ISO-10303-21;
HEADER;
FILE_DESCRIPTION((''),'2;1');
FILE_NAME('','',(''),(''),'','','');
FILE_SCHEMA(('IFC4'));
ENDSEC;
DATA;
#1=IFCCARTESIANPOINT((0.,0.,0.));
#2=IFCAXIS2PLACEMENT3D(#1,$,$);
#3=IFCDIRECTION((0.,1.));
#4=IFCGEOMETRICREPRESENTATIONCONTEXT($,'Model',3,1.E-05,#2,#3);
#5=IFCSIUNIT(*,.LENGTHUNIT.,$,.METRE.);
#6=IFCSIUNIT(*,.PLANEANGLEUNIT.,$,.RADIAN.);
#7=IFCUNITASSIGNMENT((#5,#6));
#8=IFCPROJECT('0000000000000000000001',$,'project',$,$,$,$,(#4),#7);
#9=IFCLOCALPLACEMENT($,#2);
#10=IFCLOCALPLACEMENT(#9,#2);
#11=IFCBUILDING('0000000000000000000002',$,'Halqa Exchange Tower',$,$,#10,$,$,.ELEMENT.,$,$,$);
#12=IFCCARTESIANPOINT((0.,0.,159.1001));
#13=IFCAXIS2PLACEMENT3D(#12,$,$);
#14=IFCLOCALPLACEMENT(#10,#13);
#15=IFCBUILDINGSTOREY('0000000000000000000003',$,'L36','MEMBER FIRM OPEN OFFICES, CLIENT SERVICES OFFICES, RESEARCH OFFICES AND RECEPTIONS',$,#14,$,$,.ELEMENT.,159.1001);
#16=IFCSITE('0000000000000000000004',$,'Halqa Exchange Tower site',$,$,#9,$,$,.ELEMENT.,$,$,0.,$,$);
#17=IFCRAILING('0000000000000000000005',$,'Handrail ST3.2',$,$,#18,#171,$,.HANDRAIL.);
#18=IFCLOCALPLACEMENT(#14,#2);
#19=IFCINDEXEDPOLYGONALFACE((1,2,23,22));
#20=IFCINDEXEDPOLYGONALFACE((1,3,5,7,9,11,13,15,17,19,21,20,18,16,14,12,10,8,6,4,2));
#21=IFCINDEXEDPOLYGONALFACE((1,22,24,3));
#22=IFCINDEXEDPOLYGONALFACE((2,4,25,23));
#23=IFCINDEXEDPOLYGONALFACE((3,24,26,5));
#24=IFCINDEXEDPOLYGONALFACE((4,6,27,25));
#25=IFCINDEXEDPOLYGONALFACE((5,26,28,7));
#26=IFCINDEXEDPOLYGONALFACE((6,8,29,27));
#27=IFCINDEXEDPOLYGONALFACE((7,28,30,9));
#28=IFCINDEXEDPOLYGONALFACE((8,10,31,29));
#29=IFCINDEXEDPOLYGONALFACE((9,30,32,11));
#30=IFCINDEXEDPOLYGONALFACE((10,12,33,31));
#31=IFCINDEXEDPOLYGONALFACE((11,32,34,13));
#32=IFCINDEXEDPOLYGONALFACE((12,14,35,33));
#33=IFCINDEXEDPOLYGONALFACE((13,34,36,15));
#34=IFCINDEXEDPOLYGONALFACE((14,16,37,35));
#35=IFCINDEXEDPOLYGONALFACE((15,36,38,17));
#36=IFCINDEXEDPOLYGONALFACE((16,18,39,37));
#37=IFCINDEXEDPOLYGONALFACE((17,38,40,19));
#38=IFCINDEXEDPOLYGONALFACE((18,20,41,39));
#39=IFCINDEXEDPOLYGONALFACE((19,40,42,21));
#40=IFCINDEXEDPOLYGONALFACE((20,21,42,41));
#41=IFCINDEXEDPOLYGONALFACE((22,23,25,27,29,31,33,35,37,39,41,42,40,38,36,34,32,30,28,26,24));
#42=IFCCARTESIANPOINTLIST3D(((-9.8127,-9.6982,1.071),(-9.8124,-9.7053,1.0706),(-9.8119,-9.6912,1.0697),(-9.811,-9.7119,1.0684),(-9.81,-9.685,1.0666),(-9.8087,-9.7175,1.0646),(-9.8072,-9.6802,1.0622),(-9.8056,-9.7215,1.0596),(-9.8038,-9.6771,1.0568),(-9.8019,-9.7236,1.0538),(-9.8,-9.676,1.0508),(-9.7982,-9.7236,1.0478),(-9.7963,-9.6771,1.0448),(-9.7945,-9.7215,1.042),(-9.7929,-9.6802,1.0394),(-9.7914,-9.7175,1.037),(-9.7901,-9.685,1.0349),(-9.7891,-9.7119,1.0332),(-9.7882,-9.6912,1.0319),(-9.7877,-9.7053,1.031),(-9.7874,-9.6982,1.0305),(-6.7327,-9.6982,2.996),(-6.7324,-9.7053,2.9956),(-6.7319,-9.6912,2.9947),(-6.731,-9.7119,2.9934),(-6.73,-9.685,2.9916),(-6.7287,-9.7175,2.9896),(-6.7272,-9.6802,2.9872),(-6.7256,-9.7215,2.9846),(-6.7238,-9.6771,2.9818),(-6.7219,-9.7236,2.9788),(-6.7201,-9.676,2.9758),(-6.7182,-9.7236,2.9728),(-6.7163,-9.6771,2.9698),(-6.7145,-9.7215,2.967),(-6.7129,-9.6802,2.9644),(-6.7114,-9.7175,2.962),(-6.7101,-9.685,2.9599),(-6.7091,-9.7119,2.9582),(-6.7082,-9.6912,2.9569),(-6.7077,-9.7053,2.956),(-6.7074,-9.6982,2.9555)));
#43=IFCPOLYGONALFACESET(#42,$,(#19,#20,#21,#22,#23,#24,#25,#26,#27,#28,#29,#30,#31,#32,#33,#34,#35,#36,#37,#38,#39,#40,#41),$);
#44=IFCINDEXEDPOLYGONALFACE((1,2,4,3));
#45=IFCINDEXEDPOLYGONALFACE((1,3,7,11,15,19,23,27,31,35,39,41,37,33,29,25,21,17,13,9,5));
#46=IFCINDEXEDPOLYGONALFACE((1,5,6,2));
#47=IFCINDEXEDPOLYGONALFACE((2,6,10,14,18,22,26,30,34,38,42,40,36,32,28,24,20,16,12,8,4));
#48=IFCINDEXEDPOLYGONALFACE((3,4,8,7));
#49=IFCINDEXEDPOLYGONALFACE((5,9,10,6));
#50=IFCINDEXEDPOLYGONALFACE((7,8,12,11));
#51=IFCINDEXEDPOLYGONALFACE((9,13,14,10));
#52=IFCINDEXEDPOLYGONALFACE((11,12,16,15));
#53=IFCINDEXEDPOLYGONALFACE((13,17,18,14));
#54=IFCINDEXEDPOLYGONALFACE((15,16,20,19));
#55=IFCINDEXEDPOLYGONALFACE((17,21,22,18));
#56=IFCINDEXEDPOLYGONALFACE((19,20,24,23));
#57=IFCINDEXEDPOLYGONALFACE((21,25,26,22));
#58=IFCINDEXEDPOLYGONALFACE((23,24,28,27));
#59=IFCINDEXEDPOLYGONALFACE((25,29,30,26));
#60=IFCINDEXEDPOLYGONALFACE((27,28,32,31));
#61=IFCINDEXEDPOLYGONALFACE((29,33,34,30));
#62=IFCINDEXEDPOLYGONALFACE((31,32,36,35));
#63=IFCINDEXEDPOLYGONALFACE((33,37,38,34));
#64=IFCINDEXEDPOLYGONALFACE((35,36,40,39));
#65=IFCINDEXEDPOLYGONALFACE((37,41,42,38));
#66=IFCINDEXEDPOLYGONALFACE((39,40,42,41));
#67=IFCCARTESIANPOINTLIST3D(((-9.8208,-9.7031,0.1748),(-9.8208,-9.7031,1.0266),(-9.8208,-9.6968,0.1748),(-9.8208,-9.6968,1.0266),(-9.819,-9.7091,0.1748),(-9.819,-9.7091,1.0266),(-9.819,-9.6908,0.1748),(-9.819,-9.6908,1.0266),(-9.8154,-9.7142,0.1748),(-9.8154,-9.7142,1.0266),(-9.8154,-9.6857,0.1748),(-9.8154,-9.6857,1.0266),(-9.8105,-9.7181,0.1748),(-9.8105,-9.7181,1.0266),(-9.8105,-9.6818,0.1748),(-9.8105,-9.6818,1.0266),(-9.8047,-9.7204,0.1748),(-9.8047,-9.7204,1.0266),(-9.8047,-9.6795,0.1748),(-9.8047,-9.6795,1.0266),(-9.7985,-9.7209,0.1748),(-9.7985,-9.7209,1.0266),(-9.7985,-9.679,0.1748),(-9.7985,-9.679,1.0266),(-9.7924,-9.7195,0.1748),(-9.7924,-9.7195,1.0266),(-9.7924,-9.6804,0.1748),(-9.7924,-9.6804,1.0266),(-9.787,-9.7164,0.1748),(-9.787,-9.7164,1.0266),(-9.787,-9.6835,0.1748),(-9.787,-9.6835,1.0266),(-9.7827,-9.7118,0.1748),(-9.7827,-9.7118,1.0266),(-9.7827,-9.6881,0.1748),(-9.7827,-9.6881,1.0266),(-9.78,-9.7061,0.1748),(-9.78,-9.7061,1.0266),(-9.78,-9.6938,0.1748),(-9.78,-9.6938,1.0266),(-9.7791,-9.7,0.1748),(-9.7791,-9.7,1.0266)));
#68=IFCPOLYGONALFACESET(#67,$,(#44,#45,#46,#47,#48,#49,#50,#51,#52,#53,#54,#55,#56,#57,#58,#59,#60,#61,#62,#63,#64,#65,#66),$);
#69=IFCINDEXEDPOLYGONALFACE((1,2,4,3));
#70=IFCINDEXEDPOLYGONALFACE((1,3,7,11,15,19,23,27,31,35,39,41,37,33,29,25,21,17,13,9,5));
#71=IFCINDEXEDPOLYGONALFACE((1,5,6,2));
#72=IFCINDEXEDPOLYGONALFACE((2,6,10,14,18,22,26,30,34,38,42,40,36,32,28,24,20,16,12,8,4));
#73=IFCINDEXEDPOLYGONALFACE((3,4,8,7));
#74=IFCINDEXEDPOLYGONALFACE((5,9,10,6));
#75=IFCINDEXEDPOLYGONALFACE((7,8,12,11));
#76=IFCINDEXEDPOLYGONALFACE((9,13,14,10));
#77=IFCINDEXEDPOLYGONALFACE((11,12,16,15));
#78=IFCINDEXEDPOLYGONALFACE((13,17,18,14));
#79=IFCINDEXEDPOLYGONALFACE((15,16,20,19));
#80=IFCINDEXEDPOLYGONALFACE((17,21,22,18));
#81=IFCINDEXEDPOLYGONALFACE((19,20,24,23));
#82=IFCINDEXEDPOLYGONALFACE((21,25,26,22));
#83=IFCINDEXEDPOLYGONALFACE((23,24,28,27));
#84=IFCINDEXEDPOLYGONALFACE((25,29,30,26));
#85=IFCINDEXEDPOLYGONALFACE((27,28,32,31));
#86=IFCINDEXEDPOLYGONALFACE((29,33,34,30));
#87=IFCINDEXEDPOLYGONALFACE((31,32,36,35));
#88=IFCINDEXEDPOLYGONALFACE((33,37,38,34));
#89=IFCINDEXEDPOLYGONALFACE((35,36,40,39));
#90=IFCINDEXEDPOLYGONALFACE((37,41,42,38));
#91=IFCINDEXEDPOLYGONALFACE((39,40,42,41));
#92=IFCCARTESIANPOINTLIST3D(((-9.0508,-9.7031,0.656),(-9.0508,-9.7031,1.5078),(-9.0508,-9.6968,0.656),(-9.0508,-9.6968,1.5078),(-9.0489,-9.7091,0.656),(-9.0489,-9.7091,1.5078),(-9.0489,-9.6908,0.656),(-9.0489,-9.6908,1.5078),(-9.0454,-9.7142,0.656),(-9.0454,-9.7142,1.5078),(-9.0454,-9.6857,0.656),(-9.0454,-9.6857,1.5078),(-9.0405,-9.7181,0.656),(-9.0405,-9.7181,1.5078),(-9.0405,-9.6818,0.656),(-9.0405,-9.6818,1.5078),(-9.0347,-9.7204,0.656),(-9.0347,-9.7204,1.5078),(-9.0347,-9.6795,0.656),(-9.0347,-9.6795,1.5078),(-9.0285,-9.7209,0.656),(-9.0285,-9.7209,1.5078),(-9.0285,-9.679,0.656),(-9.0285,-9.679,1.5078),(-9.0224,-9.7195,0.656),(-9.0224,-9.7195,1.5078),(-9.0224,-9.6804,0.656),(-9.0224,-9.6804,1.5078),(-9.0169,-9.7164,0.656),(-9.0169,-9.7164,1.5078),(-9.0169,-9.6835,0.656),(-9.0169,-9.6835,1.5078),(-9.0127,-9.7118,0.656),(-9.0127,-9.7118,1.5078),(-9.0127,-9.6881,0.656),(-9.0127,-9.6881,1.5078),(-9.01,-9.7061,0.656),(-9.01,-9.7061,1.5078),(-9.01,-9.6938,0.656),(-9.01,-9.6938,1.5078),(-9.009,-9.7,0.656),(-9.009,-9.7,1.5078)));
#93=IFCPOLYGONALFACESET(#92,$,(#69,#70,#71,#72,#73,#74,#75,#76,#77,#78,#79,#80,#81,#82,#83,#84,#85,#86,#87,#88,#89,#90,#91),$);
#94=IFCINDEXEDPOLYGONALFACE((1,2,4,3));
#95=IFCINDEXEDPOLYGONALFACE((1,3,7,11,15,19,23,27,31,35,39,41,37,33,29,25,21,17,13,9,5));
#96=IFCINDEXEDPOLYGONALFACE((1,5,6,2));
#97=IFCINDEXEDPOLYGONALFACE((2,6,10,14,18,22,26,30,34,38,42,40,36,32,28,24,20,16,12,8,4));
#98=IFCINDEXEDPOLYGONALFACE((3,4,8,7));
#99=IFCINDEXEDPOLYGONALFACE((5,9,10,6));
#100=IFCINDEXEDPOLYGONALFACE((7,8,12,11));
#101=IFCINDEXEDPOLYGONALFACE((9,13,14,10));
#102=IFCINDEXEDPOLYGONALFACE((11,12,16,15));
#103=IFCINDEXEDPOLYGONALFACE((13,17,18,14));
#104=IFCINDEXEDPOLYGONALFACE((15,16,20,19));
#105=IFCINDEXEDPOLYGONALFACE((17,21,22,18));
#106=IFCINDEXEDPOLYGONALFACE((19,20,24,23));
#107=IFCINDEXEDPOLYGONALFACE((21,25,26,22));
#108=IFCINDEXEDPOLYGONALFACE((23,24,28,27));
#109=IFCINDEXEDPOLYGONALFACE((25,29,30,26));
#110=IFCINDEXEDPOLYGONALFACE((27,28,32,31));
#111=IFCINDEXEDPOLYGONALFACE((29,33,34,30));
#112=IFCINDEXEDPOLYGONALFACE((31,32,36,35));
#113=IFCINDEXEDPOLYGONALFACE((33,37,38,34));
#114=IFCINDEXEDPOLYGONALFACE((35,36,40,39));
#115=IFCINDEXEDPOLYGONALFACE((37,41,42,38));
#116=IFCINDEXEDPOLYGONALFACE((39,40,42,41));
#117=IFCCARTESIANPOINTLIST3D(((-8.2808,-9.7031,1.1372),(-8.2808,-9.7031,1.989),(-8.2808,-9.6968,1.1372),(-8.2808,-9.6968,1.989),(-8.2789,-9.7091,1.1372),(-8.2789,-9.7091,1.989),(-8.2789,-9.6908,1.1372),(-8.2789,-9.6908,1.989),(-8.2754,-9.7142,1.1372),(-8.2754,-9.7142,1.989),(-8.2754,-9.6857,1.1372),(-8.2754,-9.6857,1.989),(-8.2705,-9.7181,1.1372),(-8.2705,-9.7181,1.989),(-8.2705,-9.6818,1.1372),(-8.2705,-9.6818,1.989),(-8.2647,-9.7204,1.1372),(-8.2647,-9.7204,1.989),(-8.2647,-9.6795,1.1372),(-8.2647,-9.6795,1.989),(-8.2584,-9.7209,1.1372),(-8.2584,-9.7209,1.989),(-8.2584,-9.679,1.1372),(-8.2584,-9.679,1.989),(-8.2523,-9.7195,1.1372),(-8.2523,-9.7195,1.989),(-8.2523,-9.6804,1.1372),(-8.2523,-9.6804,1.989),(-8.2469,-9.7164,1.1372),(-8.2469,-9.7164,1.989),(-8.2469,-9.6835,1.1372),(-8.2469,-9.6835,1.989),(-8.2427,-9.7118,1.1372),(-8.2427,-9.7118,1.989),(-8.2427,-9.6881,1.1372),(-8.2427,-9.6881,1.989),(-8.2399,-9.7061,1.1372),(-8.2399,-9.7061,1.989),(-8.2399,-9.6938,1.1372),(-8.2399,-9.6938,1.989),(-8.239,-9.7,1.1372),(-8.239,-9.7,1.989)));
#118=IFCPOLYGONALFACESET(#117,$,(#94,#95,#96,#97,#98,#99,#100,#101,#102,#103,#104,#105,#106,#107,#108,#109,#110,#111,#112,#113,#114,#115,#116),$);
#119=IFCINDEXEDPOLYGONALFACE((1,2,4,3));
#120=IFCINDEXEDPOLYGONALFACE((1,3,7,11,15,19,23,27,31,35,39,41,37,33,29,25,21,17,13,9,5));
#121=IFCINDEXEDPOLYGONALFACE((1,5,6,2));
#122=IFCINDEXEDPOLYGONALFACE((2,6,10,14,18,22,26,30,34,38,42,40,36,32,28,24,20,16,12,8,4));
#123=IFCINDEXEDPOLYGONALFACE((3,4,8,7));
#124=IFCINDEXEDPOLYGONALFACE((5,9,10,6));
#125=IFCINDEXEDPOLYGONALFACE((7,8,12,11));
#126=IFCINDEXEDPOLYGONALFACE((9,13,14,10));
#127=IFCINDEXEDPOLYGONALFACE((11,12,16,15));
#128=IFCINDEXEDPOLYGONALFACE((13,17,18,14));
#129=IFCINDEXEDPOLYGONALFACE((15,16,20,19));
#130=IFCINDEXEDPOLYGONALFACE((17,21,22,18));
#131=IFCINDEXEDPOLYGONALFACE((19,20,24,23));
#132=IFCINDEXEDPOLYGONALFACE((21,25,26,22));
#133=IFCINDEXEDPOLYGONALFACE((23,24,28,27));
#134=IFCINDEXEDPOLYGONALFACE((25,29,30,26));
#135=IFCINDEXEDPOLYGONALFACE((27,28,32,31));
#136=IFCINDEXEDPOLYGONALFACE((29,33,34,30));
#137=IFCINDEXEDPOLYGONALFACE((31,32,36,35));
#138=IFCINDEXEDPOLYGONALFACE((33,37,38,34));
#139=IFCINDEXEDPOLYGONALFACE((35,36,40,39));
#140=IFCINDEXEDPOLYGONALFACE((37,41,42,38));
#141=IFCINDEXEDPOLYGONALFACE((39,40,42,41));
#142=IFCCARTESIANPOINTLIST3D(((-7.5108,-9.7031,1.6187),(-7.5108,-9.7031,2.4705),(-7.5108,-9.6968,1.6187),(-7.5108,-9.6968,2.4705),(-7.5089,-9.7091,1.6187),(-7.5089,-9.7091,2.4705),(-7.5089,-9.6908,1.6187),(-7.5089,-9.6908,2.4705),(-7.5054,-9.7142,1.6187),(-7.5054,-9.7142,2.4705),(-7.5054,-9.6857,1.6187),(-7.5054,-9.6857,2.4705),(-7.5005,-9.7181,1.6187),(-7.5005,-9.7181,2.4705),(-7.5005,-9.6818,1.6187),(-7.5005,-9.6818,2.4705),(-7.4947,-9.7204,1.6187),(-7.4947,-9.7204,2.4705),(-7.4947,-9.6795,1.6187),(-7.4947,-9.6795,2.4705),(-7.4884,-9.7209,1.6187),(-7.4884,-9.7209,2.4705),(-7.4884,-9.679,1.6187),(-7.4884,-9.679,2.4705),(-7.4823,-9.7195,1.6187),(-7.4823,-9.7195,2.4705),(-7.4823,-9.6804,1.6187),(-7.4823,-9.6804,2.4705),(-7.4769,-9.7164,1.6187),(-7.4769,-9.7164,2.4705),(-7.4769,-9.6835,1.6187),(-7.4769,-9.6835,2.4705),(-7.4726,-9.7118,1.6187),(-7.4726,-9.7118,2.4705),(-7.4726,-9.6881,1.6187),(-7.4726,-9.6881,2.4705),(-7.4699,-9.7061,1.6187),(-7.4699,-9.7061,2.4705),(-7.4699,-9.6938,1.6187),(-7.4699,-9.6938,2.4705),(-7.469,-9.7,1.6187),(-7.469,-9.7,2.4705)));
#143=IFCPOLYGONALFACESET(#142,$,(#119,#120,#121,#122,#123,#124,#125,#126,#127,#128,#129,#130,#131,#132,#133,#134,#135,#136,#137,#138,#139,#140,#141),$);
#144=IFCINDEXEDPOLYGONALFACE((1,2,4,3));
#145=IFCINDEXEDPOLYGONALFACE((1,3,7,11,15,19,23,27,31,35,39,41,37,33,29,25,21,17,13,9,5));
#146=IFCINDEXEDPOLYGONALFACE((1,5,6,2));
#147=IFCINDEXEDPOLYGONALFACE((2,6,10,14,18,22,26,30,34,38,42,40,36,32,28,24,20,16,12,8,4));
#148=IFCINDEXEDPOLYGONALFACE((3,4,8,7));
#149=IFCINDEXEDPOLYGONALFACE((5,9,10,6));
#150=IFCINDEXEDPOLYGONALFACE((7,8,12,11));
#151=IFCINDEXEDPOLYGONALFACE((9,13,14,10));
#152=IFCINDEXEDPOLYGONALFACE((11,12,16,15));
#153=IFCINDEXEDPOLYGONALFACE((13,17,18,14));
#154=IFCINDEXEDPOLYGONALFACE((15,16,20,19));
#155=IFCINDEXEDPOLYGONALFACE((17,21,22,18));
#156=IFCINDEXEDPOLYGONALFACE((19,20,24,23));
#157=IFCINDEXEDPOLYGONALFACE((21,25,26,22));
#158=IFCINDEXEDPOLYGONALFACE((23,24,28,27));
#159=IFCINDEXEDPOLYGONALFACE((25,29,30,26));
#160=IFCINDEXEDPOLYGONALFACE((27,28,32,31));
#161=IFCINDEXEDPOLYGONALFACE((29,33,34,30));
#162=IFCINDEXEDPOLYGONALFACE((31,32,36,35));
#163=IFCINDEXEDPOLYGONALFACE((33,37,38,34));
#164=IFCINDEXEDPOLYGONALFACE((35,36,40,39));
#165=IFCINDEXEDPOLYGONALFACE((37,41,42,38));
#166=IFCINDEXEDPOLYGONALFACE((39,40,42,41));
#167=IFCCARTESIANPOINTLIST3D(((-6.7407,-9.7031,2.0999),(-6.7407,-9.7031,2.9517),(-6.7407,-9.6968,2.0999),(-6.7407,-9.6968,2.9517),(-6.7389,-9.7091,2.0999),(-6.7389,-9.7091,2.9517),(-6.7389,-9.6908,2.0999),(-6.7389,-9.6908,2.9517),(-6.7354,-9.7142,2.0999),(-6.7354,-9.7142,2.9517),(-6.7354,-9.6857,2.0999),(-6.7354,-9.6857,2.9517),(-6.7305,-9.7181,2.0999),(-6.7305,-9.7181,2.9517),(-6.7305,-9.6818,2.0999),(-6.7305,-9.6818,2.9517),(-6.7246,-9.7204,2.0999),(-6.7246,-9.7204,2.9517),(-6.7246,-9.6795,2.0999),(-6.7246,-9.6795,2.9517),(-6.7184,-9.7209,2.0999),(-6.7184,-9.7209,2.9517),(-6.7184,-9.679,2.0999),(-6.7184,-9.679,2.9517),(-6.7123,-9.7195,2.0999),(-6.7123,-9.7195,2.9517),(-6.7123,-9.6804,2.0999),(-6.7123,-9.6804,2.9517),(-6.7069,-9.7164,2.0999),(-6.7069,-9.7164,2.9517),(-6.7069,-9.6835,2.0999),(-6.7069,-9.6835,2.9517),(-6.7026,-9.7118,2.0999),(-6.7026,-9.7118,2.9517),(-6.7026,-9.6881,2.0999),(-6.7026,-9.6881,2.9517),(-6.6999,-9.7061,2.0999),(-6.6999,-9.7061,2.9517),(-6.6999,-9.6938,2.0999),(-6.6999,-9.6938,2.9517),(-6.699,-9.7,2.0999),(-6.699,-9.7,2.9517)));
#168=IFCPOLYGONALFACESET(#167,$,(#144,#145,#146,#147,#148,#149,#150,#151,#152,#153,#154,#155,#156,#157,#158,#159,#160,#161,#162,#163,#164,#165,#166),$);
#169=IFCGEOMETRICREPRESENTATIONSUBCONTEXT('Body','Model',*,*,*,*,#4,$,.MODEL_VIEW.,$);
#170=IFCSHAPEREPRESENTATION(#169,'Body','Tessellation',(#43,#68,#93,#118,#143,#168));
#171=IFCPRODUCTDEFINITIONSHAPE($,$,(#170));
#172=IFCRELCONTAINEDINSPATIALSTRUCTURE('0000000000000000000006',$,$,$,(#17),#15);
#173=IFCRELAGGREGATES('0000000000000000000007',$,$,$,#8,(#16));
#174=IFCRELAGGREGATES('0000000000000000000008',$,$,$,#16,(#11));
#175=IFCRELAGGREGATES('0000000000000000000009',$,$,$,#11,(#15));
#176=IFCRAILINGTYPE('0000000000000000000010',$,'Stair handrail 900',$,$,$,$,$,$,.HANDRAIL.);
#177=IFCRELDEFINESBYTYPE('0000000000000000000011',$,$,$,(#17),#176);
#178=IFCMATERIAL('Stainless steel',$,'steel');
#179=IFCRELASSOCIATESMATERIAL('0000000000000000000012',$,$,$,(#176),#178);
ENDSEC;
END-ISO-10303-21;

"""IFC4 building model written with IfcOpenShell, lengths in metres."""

from ifc_helpers import new_model, si_unit, direction, frame, origin, origin_2d, place, context, subcontext, project, spatial, circle, extrude, material, type_object, element, save


model = new_model("IFC4")

# Units and contexts
model_context = context("Model", 3, precision=1e-05, world=origin(), true_north=direction((0.0, 1.0)))
body_context = subcontext(model_context, "Body", "Model", "MODEL_VIEW")
ifc_project = project(units=[si_unit("LENGTHUNIT", "METRE"), si_unit("PLANEANGLEUNIT", "RADIAN")], contexts=[model_context])

# Site, building, storey
site_placement = place(None, origin())
site = spatial("IfcSite", under=ifc_project, at=site_placement, Name="Halqa Exchange Tower site", CompositionType="ELEMENT", RefElevation=0.0)
building_placement = place(site_placement, origin())
building = spatial("IfcBuilding", under=site, at=building_placement, Name="Halqa Exchange Tower", CompositionType="ELEMENT")
storey_placement = place(building_placement, frame((0.0, 0.0, 159.1001)))
storey = spatial("IfcBuildingStorey", under=building, at=storey_placement, Name="L36", Description="MEMBER FIRM OPEN OFFICES, CLIENT SERVICES OFFICES, RESEARCH OFFICES AND RECEPTIONS", CompositionType="ELEMENT", Elevation=159.1001)

# Shared definitions
ifc_material_1 = material(Name="Stainless steel", Category="steel")

# Railing
railing_type_1 = type_object("IfcRailingType", Name="Stair handrail 900", PredefinedType="HANDRAIL", material=ifc_material_1)
railing_1_placement = place(storey_placement, frame((-9.8, -9.7, 0.1748)))
element("IfcRailing", 1, at=railing_1_placement, inside=storey, type_object=railing_type_1, Name="Handrail ST3.2", PredefinedType="HANDRAIL", context=body_context, shape_type="SweptSolid", body=[
    extrude(circle(Radius=0.0239, at=origin_2d()), frame((0.0, 0.0, 0.876), z_axis=(0.847998, 0.0, 0.529999), x_axis=(0.0, 1.0, 0.0)), (0.0, 0.0, 1.0), 3.6321),
    extrude(circle(Radius=0.021, at=origin_2d()), origin(), (0.0, 0.0, 1.0), 0.8518),
    extrude(circle(Radius=0.021, at=origin_2d()), frame((0.77, 0.0, 0.4812)), (0.0, 0.0, 1.0), 0.8518),
    extrude(circle(Radius=0.021, at=origin_2d()), frame((1.54, 0.0, 0.9624)), (0.0, 0.0, 1.0), 0.8518),
    extrude(circle(Radius=0.021, at=origin_2d()), frame((2.3101, 0.0, 1.4438)), (0.0, 0.0, 1.0), 0.8518),
    extrude(circle(Radius=0.021, at=origin_2d()), frame((3.0801, 0.0, 1.925)), (0.0, 0.0, 1.0), 0.8518),
])

save(model, "model.ifc")
